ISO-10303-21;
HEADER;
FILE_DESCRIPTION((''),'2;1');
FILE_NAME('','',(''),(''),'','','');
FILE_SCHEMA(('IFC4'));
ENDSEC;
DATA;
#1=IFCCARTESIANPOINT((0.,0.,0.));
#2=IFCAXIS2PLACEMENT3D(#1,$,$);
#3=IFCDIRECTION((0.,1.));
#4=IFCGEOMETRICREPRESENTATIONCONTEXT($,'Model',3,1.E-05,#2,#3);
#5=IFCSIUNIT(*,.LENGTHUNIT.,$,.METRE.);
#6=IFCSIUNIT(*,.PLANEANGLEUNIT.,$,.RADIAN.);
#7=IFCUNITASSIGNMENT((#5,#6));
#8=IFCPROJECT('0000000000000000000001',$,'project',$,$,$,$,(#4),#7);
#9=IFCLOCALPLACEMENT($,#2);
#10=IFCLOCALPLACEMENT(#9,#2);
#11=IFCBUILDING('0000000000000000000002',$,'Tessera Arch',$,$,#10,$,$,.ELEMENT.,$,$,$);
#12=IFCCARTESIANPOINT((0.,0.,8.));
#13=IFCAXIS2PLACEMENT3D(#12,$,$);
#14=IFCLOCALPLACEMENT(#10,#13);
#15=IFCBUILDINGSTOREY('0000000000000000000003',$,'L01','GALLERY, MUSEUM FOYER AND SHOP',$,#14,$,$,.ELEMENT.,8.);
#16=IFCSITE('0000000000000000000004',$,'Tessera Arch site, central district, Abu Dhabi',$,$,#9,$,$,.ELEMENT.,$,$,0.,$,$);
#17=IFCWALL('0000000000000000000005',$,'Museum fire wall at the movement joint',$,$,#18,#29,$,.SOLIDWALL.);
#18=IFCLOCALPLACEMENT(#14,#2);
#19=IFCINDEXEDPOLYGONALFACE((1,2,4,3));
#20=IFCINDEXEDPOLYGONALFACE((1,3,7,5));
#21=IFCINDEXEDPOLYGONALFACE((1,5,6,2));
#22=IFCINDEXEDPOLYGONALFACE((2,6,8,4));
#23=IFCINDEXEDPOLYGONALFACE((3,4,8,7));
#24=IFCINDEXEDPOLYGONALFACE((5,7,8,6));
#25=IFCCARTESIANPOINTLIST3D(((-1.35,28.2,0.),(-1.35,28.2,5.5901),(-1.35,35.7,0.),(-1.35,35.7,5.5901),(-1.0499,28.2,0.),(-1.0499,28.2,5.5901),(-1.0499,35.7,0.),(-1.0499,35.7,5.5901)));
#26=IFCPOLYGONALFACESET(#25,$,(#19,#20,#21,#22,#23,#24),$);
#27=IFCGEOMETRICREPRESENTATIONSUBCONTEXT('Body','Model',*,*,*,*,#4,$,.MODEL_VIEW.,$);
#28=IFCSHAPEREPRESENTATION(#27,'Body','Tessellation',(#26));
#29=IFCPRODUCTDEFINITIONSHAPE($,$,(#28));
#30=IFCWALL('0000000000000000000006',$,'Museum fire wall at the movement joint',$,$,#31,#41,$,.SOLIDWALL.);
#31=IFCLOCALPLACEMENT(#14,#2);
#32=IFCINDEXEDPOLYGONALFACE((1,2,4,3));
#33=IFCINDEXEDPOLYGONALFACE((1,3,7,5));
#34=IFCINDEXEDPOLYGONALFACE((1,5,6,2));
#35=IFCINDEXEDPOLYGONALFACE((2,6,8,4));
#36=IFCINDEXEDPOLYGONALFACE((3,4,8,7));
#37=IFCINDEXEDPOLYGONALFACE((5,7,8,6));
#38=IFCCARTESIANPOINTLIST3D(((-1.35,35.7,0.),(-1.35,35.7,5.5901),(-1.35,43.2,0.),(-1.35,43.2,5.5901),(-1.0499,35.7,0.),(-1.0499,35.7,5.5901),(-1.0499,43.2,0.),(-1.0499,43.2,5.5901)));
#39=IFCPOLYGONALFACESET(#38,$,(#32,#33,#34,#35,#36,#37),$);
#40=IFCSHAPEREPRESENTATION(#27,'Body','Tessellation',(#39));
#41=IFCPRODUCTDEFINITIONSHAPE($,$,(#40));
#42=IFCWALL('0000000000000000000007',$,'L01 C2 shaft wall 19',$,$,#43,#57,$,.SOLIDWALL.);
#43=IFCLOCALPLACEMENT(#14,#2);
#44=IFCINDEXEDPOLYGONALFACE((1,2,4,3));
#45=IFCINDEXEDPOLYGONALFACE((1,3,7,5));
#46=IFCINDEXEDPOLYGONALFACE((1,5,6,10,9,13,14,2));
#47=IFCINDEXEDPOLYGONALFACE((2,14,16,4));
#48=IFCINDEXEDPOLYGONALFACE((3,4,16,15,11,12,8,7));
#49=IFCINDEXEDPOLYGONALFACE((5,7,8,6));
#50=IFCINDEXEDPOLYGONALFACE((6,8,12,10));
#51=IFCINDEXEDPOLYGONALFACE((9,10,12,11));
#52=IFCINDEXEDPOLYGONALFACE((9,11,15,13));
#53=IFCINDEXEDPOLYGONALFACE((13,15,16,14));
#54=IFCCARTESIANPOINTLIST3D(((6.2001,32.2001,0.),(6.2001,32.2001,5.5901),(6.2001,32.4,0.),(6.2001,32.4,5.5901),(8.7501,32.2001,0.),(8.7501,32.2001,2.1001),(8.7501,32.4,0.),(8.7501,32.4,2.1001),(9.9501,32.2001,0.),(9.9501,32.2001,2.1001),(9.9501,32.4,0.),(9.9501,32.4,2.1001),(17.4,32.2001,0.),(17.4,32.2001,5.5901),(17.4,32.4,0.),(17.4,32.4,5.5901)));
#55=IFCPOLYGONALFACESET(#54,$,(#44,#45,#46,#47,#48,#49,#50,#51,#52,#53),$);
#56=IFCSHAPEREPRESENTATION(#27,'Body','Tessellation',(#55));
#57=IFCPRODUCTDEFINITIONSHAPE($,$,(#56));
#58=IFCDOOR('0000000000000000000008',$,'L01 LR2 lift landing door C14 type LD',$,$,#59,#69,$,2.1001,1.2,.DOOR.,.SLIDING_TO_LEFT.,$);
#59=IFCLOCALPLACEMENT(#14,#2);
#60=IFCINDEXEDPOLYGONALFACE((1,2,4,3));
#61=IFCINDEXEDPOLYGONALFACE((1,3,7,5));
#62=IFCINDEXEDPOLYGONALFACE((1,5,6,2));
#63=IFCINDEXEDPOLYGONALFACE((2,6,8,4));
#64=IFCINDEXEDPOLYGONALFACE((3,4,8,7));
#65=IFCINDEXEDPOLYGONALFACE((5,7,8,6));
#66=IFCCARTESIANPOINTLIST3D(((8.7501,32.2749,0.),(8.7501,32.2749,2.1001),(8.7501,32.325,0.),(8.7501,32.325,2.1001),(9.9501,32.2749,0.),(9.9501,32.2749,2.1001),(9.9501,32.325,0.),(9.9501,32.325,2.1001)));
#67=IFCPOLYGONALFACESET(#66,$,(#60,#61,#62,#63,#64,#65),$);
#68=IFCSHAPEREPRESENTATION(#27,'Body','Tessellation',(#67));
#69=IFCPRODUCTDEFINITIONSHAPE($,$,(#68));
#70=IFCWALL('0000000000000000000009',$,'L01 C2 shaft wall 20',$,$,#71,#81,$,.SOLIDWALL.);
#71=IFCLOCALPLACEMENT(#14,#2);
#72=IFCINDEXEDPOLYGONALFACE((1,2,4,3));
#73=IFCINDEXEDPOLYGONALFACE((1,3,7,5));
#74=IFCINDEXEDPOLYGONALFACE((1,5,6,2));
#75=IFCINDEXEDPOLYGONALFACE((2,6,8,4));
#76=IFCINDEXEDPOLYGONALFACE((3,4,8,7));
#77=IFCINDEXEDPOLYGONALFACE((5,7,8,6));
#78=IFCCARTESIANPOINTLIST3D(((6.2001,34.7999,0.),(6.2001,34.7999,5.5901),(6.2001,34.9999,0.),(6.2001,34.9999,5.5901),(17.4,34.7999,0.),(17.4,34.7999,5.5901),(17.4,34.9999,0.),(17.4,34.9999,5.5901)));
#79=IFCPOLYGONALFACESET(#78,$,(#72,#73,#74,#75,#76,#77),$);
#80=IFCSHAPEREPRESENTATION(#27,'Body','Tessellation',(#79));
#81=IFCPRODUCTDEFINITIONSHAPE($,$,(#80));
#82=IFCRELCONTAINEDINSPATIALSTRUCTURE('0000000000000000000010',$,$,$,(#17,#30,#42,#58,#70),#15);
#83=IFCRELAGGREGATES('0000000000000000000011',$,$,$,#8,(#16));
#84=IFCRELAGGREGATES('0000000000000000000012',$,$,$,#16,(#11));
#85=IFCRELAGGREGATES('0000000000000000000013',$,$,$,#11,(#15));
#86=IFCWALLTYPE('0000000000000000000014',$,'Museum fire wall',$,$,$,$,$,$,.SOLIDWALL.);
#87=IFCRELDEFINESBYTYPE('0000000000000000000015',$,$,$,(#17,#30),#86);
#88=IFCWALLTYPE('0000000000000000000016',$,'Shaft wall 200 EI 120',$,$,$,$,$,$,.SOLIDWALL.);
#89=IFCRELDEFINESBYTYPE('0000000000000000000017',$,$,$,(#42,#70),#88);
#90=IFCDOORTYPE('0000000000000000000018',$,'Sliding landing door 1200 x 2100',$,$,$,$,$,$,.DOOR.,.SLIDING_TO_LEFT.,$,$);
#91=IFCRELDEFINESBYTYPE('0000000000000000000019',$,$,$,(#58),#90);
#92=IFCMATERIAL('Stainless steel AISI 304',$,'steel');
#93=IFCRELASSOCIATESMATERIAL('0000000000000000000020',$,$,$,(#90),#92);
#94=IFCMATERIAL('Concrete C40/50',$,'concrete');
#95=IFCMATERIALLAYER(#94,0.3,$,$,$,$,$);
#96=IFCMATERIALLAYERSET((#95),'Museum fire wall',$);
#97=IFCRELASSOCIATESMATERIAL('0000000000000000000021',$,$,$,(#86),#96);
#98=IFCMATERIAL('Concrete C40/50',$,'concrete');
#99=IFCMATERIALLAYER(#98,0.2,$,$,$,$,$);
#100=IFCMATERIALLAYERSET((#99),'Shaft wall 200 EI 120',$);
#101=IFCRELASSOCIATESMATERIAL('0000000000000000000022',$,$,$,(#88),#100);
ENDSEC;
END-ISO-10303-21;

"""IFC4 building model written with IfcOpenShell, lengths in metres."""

from ifc_helpers import new_model, si_unit, direction, frame, frame_2d, origin, place, context, subcontext, project, spatial, rectangle, extrude, material, layer, layer_set, type_object, element, fill, save


model = new_model("IFC4")

# Units and contexts
model_context = context("Model", 3, precision=1e-05, world=origin(), true_north=direction((0.0, 1.0)))
body_context = subcontext(model_context, "Body", "Model", "MODEL_VIEW")
ifc_project = project(units=[si_unit("LENGTHUNIT", "METRE"), si_unit("PLANEANGLEUNIT", "RADIAN")], contexts=[model_context])

# Site, building, storey
site_placement = place(None, origin())
site = spatial("IfcSite", under=ifc_project, at=site_placement, Name="Tessera Arch site, central district, Abu Dhabi", CompositionType="ELEMENT", RefElevation=0.0)
building_placement = place(site_placement, origin())
building = spatial("IfcBuilding", under=site, at=building_placement, Name="Tessera Arch", CompositionType="ELEMENT")
storey_placement = place(building_placement, frame((0.0, 0.0, 8.0)))
storey = spatial("IfcBuildingStorey", under=building, at=storey_placement, Name="L01", Description="GALLERY, MUSEUM FOYER AND SHOP", CompositionType="ELEMENT", Elevation=8.0)

# Shared definitions
ifc_material_1 = material(Name="Stainless steel AISI 304", Category="steel")
door_type_1 = type_object("IfcDoorType", Name="Sliding landing door 1200 x 2100", OperationType="SLIDING_TO_LEFT", PredefinedType="DOOR", material=ifc_material_1)

# Walls
ifc_material_2 = material(Name="Concrete C40/50", Category="concrete")
ifc_layer_1 = layer(ifc_material_2, 0.3)
ifc_layer_set_1 = layer_set([ifc_layer_1], Name="Museum fire wall")
wall_type_1 = type_object("IfcWallType", Name="Museum fire wall", PredefinedType="SOLIDWALL", material=ifc_layer_set_1)
for number, where, z_axis, x_axis, name in (
    (1, (-1.2, 28.2, 0.0), (0.0, 0.0, 1.0), (0.0, 1.0, 0.0), "Museum fire wall at the movement joint"),
    (2, (-1.2, 35.7, 0.0), (0.0, 0.0, 1.0), (0.0, 1.0, 0.0), "Museum fire wall at the movement joint"),
):
    element("IfcWall", number, at=place(storey_placement, frame(where, z_axis=z_axis, x_axis=x_axis)), inside=storey, type_object=wall_type_1, Name=name, PredefinedType="SOLIDWALL", context=body_context, shape_type="SweptSolid", body=[
        extrude(rectangle(XDim=7.5, YDim=0.3, at=frame_2d((3.75, 0.0))), origin(), (0.0, 0.0, 1.0), 5.5901),
    ])

# Wall, opening, door
ifc_material_3 = material(Name="Concrete C40/50", Category="concrete")
ifc_layer_2 = layer(ifc_material_3, 0.2)
ifc_layer_set_2 = layer_set([ifc_layer_2], Name="Shaft wall 200 EI 120")
wall_type_2 = type_object("IfcWallType", Name="Shaft wall 200 EI 120", PredefinedType="SOLIDWALL", material=ifc_layer_set_2)
wall_1_placement = place(storey_placement, frame((6.2, 32.3, 0.0), z_axis=(0.0, 0.0, 1.0), x_axis=(1.0, 0.0, 0.0)))
wall_1 = element("IfcWall", 3, at=wall_1_placement, inside=storey, type_object=wall_type_2, Name="L01 C2 shaft wall 19", PredefinedType="SOLIDWALL", context=body_context, shape_type="SweptSolid", body=[
    extrude(rectangle(XDim=11.2, YDim=0.2, at=frame_2d((5.6001, 0.0))), origin(), (0.0, 0.0, 1.0), 5.5901),
])
opening_1_placement = place(wall_1_placement, frame((2.55, 0.0, 0.0)))
opening_1 = element("IfcOpeningElement", 4, at=opening_1_placement, cuts=wall_1, PredefinedType="OPENING", context=body_context, shape_type="SweptSolid", body=[
    extrude(rectangle(XDim=1.2, YDim=2.1001, at=frame_2d((0.6001, 1.05))), frame((0.0, 0.1099, 0.0), z_axis=(0.0, -1.0, 0.0), x_axis=(1.0, 0.0, 0.0)), (0.0, 0.0, 1.0), 0.22),
])
door_1_placement = place(opening_1_placement, origin())
door_1 = element("IfcDoor", 5, at=door_1_placement, inside=storey, type_object=door_type_1, Name="L01 LR2 lift landing door C14 type LD", OperationType="SLIDING_TO_LEFT", OverallHeight=2.1001, OverallWidth=1.2, PredefinedType="DOOR", context=body_context, shape_type="SweptSolid", body=[
    extrude(rectangle(XDim=1.2, YDim=2.1001, at=frame_2d((0.6001, 1.05))), frame((0.0, 0.0249, 0.0), z_axis=(0.0, -1.0, 0.0), x_axis=(1.0, 0.0, 0.0)), (0.0, 0.0, 1.0), 0.05),
])
fill(opening_1, door_1)

# Wall
wall_2_placement = place(storey_placement, frame((6.2, 34.8999, 0.0), z_axis=(0.0, 0.0, 1.0), x_axis=(1.0, 0.0, 0.0)))
element("IfcWall", 6, at=wall_2_placement, inside=storey, type_object=wall_type_2, Name="L01 C2 shaft wall 20", PredefinedType="SOLIDWALL", context=body_context, shape_type="SweptSolid", body=[
    extrude(rectangle(XDim=11.2, YDim=0.2, at=frame_2d((5.6001, 0.0))), origin(), (0.0, 0.0, 1.0), 5.5901),
])

save(model, "model.ifc")
